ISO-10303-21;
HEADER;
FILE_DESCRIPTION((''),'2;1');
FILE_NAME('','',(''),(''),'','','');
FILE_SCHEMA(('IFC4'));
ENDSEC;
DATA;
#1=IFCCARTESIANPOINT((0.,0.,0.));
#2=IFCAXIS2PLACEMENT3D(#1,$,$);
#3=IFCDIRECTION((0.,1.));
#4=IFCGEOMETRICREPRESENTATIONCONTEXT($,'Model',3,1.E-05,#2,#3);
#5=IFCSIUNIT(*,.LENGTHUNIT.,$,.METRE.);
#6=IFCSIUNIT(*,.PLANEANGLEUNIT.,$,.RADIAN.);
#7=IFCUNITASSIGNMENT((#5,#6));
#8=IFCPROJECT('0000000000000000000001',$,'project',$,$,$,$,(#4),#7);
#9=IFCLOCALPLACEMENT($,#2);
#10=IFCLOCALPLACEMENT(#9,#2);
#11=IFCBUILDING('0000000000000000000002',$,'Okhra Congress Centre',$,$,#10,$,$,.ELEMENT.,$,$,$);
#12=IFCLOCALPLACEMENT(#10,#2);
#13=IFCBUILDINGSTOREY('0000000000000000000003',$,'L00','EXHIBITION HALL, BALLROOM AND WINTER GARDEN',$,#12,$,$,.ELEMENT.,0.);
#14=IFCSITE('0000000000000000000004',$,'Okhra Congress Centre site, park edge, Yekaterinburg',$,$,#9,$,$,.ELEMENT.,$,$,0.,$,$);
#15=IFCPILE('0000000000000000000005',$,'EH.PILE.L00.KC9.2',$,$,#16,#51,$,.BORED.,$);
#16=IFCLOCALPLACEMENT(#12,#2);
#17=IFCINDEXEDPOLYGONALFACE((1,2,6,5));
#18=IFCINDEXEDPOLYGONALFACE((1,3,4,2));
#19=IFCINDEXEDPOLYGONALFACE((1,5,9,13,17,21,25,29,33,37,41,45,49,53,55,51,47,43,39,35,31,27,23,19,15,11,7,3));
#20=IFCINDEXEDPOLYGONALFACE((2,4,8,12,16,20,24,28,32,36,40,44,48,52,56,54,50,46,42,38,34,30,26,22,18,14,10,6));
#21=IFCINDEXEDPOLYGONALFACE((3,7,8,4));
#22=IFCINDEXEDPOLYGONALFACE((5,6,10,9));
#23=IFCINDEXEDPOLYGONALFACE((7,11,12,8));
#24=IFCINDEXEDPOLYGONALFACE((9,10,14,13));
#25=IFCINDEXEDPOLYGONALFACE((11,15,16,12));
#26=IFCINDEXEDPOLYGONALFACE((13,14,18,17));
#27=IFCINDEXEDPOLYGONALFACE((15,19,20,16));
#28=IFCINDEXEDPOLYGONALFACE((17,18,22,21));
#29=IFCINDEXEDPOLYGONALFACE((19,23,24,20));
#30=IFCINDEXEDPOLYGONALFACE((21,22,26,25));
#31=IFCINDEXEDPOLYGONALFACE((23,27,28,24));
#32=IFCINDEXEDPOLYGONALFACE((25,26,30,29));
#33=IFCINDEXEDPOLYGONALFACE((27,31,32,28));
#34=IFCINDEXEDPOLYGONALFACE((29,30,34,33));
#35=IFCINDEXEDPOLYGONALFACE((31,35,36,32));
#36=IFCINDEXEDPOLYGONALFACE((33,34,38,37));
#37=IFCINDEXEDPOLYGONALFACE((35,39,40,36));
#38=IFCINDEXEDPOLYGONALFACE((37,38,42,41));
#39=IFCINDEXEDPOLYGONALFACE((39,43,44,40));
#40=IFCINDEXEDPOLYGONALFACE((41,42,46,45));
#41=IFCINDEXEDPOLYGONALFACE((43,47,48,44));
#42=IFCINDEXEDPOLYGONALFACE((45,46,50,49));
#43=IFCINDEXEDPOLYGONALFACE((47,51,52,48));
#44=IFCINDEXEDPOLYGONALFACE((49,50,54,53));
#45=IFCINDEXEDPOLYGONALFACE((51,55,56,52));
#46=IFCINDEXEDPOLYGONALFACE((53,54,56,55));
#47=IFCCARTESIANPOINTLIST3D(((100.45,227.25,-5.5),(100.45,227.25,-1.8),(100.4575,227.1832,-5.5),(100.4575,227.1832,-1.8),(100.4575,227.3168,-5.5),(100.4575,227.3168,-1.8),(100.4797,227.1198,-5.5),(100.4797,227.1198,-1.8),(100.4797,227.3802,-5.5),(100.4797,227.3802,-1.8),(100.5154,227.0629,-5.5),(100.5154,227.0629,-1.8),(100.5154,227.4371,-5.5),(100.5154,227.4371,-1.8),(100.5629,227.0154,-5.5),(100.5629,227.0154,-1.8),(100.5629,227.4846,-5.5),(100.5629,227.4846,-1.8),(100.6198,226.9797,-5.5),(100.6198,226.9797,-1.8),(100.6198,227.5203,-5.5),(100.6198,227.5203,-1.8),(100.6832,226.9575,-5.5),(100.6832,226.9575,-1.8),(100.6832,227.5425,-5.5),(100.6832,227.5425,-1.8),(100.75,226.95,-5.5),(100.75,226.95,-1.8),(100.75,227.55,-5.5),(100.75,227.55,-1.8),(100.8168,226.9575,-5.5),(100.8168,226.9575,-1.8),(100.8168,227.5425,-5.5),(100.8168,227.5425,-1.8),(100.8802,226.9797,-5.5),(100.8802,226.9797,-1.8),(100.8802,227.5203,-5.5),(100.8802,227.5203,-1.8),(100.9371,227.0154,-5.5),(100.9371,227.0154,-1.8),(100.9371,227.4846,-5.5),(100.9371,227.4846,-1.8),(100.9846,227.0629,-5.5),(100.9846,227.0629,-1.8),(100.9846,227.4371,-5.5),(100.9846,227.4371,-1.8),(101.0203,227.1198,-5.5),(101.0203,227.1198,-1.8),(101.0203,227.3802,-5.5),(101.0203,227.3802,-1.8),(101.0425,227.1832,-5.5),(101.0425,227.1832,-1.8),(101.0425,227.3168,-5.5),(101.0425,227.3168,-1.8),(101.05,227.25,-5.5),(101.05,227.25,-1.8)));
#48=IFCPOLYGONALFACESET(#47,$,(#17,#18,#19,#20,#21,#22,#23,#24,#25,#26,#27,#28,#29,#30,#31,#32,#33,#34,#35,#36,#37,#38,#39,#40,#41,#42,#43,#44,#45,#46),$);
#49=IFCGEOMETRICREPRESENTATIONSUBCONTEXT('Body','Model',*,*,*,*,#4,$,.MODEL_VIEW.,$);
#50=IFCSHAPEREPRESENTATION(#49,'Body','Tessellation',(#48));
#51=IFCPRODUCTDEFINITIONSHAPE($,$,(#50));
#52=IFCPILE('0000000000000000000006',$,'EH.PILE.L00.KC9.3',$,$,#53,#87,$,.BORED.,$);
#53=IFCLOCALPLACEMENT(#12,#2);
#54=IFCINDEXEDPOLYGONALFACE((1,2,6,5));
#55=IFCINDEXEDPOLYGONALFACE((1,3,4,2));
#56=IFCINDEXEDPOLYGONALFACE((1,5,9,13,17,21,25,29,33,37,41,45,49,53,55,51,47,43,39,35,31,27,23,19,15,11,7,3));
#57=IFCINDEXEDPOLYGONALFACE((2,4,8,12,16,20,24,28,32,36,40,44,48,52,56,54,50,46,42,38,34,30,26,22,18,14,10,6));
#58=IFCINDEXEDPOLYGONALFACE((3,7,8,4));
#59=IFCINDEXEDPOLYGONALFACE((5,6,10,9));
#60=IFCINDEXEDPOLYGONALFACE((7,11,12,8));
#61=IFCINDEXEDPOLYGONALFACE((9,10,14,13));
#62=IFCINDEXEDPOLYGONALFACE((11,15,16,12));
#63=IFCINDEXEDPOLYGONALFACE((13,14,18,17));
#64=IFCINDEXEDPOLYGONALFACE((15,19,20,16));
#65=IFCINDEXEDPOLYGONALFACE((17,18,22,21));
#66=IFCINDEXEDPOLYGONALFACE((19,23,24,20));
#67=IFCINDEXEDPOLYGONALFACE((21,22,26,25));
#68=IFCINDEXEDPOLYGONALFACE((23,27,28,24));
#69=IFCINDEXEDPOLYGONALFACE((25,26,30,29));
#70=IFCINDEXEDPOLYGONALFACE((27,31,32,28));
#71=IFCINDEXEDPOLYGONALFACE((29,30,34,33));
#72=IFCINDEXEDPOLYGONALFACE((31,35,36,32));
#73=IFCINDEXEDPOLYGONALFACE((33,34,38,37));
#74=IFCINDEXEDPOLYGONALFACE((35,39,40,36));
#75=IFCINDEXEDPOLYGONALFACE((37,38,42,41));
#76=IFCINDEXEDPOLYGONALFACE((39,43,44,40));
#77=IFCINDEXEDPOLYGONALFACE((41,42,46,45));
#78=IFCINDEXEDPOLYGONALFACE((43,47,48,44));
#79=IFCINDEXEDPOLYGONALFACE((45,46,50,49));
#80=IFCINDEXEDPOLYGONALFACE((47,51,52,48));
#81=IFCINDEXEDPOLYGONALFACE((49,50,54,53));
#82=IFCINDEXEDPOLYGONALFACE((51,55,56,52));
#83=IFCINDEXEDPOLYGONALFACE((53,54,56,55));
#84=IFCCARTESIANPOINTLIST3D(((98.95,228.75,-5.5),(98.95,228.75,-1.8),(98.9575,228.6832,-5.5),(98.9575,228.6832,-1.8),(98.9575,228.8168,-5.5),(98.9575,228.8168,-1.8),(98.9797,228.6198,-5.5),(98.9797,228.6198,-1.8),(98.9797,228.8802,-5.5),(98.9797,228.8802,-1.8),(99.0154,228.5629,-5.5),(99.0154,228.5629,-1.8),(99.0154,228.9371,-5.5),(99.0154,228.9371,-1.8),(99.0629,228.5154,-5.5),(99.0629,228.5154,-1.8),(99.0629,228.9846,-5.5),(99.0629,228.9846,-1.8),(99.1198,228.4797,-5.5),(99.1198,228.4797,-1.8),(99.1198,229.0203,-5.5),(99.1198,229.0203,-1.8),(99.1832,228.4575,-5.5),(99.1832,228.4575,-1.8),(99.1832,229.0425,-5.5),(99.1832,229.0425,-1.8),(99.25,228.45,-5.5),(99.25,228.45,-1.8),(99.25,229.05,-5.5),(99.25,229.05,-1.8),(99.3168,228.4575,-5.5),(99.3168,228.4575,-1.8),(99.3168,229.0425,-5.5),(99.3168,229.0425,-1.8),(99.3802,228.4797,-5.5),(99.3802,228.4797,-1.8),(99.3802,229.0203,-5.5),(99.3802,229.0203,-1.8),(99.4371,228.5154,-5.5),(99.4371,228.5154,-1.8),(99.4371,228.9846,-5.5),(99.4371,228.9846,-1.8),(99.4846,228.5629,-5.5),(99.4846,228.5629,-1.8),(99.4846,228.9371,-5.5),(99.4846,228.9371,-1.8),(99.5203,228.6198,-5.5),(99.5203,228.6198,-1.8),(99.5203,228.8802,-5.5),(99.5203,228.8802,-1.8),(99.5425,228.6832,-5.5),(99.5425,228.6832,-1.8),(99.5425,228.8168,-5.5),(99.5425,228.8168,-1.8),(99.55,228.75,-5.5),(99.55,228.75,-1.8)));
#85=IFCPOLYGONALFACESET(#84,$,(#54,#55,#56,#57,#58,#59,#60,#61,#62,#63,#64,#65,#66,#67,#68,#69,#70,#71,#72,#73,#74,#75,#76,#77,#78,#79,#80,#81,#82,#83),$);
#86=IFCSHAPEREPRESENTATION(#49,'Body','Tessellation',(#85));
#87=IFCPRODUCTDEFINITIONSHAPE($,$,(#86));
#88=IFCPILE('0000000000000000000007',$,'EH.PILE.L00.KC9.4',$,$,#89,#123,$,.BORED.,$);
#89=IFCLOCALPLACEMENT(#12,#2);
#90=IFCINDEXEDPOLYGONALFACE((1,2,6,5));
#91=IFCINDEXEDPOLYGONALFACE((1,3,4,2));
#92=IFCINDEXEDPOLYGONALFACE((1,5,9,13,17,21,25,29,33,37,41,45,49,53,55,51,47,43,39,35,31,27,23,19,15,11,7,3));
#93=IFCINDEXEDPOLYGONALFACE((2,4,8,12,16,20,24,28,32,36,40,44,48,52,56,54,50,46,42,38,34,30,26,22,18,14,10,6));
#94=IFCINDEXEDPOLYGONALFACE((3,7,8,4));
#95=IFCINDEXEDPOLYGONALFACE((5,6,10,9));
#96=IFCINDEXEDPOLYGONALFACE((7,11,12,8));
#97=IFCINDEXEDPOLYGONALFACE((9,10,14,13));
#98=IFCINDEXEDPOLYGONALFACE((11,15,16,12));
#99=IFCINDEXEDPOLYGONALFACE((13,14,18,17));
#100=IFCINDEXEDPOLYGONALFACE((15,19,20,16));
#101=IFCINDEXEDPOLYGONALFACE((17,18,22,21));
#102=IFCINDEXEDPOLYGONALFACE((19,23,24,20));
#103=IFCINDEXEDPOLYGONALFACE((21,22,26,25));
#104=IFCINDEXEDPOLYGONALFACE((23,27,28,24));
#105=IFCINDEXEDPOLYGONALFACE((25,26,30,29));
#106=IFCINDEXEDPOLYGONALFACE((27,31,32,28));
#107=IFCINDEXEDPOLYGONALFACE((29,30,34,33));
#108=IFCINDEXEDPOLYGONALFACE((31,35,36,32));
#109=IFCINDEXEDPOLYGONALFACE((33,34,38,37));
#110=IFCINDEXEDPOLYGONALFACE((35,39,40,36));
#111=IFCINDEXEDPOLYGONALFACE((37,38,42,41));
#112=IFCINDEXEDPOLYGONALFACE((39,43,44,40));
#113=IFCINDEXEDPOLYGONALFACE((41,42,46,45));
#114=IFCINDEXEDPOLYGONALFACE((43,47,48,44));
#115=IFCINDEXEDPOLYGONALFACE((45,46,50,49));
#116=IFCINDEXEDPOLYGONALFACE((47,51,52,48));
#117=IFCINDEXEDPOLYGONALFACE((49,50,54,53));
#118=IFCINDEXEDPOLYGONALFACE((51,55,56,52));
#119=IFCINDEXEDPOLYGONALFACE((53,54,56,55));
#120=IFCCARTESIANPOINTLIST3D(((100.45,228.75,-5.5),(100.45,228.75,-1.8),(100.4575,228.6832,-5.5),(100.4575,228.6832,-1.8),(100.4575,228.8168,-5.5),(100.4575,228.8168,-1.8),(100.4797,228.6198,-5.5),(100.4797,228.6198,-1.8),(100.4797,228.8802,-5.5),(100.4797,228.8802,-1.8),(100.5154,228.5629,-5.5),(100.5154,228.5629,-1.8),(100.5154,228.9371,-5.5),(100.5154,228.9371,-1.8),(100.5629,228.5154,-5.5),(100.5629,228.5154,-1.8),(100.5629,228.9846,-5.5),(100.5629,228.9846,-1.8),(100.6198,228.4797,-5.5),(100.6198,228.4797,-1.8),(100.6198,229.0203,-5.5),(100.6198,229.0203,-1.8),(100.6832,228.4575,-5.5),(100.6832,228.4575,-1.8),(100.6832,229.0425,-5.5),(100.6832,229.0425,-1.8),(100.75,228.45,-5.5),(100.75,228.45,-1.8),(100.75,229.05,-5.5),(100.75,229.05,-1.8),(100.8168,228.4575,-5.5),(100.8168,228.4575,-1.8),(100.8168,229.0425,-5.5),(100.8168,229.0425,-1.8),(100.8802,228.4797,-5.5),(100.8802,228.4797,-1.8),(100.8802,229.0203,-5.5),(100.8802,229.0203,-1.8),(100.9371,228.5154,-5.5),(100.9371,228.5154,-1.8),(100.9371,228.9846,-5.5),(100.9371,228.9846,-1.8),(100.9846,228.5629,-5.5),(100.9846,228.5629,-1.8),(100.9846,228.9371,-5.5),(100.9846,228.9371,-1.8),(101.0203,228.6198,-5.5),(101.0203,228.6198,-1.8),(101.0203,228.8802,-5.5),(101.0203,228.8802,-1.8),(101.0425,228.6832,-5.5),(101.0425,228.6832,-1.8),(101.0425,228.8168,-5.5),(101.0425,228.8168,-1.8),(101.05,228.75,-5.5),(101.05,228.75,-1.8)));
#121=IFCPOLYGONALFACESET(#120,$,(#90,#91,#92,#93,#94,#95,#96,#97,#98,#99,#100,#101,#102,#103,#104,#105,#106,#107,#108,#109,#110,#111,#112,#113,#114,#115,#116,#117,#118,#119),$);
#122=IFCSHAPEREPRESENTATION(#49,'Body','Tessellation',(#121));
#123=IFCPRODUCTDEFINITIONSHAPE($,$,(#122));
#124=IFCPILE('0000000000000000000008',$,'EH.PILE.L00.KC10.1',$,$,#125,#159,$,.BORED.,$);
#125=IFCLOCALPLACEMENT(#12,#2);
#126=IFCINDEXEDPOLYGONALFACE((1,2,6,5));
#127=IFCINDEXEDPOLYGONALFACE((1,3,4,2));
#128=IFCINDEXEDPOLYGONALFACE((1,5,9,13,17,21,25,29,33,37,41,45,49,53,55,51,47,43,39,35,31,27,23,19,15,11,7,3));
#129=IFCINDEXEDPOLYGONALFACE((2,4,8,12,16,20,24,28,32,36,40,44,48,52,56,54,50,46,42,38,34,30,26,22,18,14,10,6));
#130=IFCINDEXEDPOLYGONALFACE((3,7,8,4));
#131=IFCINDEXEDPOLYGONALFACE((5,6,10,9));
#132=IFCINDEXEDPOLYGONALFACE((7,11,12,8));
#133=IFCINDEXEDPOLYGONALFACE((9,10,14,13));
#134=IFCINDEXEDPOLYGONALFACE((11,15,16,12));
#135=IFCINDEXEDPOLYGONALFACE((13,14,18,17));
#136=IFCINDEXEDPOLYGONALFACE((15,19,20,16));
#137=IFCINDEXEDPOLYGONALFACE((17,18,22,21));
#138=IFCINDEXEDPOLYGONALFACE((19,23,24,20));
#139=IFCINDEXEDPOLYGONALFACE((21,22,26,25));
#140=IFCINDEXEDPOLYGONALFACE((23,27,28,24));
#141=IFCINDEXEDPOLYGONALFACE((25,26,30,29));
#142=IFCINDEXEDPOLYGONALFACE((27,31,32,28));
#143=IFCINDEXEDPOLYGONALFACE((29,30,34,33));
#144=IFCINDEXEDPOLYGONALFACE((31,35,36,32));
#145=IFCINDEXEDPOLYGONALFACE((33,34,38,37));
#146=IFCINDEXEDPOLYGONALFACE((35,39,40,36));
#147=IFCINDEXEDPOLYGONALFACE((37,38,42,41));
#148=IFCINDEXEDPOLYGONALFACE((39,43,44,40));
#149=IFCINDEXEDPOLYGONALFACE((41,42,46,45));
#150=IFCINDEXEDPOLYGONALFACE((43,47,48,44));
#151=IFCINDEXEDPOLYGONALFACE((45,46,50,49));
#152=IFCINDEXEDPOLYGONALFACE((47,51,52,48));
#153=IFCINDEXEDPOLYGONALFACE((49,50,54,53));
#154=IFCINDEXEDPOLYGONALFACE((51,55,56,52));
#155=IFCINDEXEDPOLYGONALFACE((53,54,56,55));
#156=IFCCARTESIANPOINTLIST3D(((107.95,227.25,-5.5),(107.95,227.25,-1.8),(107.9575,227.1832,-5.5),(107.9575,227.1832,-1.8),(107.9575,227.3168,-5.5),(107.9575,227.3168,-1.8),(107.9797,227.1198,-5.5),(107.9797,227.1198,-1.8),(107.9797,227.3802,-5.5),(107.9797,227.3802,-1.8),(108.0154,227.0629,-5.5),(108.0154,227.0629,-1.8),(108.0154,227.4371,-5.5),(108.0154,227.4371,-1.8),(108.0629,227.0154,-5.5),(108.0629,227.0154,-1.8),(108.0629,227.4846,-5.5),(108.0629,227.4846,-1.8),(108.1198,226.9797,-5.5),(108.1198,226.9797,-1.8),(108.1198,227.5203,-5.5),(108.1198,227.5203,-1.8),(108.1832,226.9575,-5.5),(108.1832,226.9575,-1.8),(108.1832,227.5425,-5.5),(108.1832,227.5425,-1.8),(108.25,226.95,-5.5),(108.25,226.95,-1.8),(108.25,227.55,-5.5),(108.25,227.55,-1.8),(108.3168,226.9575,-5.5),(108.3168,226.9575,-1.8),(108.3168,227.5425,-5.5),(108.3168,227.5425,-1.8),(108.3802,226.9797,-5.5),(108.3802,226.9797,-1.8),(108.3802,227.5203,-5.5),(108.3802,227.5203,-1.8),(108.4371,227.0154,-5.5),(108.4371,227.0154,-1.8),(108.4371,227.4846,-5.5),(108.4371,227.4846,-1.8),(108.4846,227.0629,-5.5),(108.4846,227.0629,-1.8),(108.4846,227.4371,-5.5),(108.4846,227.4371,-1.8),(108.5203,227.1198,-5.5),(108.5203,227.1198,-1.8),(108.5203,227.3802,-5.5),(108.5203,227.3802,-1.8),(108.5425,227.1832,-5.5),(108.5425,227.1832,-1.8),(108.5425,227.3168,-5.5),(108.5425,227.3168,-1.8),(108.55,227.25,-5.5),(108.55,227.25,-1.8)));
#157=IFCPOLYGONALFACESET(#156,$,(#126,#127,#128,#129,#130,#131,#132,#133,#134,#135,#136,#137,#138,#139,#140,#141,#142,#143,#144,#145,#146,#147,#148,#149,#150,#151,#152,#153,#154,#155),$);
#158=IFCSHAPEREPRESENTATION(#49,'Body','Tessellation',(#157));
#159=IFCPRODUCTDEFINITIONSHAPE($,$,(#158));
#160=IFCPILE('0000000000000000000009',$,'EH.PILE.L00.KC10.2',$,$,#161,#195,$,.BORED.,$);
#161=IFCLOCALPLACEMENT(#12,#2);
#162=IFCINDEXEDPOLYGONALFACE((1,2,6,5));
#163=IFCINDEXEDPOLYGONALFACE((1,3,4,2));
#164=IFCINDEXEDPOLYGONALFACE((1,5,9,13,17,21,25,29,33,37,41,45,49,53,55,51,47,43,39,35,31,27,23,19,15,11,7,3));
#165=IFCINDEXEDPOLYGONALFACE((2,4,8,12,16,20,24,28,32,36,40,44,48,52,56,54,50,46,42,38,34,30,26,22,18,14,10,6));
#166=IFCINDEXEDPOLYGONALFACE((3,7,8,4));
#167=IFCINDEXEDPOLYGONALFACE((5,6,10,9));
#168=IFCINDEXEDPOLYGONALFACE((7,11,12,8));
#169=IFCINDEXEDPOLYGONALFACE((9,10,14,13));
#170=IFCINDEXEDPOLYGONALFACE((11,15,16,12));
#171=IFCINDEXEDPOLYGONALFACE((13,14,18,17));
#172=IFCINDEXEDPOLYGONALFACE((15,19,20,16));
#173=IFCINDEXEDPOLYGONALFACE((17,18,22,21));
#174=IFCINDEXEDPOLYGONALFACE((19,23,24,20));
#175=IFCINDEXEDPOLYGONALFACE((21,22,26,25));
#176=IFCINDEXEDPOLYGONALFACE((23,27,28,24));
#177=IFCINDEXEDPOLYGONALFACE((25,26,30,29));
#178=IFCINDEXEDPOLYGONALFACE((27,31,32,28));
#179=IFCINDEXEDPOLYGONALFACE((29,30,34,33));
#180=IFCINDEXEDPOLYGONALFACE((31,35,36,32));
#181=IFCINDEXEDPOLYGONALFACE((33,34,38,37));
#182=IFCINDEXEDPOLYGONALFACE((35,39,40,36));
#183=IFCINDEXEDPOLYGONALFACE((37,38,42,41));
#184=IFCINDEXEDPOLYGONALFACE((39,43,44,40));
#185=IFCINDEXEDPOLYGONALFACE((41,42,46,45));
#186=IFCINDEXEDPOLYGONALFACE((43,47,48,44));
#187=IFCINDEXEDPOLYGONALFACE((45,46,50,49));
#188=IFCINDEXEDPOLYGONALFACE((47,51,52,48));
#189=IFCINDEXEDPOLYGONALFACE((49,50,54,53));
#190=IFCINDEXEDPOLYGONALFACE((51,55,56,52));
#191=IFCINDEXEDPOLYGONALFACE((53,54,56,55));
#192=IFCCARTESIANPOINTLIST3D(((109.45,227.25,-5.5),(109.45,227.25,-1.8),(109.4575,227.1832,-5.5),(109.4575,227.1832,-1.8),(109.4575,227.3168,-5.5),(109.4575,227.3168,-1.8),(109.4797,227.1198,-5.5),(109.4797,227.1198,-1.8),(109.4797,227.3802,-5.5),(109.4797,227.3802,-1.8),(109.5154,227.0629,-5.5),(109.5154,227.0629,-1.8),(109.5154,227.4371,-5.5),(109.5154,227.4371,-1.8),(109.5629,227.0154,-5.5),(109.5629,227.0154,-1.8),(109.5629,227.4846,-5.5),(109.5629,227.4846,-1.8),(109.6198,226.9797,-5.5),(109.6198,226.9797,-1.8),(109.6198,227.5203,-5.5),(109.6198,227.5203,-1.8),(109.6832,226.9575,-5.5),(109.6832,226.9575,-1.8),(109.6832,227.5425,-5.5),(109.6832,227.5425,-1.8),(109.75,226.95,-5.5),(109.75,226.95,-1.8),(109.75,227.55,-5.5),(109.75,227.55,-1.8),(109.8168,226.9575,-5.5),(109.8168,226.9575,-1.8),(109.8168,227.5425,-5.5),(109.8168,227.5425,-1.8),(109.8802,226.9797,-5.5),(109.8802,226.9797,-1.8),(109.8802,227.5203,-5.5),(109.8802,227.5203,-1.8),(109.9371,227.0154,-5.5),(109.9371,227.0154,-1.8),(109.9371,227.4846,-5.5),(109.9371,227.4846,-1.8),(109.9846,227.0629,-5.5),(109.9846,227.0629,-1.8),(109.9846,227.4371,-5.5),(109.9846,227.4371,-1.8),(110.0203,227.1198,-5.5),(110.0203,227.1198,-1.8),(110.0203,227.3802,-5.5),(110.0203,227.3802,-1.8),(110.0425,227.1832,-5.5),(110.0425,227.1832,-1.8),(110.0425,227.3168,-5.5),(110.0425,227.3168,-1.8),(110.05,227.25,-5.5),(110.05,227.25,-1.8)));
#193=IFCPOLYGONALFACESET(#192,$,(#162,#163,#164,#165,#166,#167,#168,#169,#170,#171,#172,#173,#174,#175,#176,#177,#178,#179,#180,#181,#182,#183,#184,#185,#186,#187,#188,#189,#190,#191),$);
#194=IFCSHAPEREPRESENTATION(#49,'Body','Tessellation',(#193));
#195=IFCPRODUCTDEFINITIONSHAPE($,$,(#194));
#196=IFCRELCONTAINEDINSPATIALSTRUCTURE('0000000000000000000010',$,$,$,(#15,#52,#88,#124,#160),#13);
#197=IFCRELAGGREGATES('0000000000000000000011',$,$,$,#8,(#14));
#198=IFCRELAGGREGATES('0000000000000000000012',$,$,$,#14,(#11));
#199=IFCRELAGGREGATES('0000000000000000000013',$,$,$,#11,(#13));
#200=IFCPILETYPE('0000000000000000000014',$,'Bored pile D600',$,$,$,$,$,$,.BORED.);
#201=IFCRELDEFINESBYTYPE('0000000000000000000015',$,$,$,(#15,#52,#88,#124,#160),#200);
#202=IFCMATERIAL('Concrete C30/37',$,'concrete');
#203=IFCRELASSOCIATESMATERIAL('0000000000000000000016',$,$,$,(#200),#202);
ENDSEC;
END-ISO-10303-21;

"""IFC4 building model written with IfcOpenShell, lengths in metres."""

from ifc_helpers import new_model, si_unit, direction, frame, origin, origin_2d, place, context, subcontext, project, spatial, circle, extrude, material, material_profile, profile_set, type_object, element, save


model = new_model("IFC4")

# Units and contexts
model_context = context("Model", 3, precision=1e-05, world=origin(), true_north=direction((0.0, 1.0)))
body_context = subcontext(model_context, "Body", "Model", "MODEL_VIEW")
ifc_project = project(units=[si_unit("LENGTHUNIT", "METRE"), si_unit("PLANEANGLEUNIT", "RADIAN")], contexts=[model_context])

# Site, building, storey
site_placement = place(None, origin())
site = spatial("IfcSite", under=ifc_project, at=site_placement, Name="Okhra Congress Centre site, park edge, Yekaterinburg", CompositionType="ELEMENT", RefElevation=0.0)
building_placement = place(site_placement, origin())
building = spatial("IfcBuilding", under=site, at=building_placement, Name="Okhra Congress Centre", CompositionType="ELEMENT")
storey_placement = place(building_placement, origin())
storey = spatial("IfcBuildingStorey", under=building, at=storey_placement, Name="L00", Description="EXHIBITION HALL, BALLROOM AND WINTER GARDEN", CompositionType="ELEMENT", Elevation=0.0)

# Piles
ifc_material_1 = material(Name="Concrete C30/37", Category="concrete")
ifc_material_profile_1 = material_profile(ifc_material_1, circle(Radius=0.3, at=origin_2d()), Name="D600")
ifc_profile_set_1 = profile_set([ifc_material_profile_1], Name="Concrete C30/37")
pile_type = type_object("IfcPileType", Name="Bored pile D600", PredefinedType="BORED", material=ifc_profile_set_1)
for number, where, z_axis, x_axis, name in (
    (1, (100.75, 227.25, -1.8), (0.0, 0.0, -1.0), (1.0, 0.0, 0.0), "EH.PILE.L00.KC9.2"),
    (2, (99.25, 228.75, -1.8), (0.0, 0.0, -1.0), (1.0, 0.0, 0.0), "EH.PILE.L00.KC9.3"),
    (3, (100.75, 228.75, -1.8), (0.0, 0.0, -1.0), (1.0, 0.0, 0.0), "EH.PILE.L00.KC9.4"),
    (4, (108.25, 227.25, -1.8), (0.0, 0.0, -1.0), (1.0, 0.0, 0.0), "EH.PILE.L00.KC10.1"),
    (5, (109.75, 227.25, -1.8), (0.0, 0.0, -1.0), (1.0, 0.0, 0.0), "EH.PILE.L00.KC10.2"),
):
    element("IfcPile", number, at=place(storey_placement, frame(where, z_axis=z_axis, x_axis=x_axis)), inside=storey, type_object=pile_type, Name=name, PredefinedType="BORED", context=body_context, shape_type="SweptSolid", body=[
        extrude(circle(Radius=0.3, at=origin_2d()), origin(), (0.0, 0.0, 1.0), 3.7),
    ])

save(model, "model.ifc")
